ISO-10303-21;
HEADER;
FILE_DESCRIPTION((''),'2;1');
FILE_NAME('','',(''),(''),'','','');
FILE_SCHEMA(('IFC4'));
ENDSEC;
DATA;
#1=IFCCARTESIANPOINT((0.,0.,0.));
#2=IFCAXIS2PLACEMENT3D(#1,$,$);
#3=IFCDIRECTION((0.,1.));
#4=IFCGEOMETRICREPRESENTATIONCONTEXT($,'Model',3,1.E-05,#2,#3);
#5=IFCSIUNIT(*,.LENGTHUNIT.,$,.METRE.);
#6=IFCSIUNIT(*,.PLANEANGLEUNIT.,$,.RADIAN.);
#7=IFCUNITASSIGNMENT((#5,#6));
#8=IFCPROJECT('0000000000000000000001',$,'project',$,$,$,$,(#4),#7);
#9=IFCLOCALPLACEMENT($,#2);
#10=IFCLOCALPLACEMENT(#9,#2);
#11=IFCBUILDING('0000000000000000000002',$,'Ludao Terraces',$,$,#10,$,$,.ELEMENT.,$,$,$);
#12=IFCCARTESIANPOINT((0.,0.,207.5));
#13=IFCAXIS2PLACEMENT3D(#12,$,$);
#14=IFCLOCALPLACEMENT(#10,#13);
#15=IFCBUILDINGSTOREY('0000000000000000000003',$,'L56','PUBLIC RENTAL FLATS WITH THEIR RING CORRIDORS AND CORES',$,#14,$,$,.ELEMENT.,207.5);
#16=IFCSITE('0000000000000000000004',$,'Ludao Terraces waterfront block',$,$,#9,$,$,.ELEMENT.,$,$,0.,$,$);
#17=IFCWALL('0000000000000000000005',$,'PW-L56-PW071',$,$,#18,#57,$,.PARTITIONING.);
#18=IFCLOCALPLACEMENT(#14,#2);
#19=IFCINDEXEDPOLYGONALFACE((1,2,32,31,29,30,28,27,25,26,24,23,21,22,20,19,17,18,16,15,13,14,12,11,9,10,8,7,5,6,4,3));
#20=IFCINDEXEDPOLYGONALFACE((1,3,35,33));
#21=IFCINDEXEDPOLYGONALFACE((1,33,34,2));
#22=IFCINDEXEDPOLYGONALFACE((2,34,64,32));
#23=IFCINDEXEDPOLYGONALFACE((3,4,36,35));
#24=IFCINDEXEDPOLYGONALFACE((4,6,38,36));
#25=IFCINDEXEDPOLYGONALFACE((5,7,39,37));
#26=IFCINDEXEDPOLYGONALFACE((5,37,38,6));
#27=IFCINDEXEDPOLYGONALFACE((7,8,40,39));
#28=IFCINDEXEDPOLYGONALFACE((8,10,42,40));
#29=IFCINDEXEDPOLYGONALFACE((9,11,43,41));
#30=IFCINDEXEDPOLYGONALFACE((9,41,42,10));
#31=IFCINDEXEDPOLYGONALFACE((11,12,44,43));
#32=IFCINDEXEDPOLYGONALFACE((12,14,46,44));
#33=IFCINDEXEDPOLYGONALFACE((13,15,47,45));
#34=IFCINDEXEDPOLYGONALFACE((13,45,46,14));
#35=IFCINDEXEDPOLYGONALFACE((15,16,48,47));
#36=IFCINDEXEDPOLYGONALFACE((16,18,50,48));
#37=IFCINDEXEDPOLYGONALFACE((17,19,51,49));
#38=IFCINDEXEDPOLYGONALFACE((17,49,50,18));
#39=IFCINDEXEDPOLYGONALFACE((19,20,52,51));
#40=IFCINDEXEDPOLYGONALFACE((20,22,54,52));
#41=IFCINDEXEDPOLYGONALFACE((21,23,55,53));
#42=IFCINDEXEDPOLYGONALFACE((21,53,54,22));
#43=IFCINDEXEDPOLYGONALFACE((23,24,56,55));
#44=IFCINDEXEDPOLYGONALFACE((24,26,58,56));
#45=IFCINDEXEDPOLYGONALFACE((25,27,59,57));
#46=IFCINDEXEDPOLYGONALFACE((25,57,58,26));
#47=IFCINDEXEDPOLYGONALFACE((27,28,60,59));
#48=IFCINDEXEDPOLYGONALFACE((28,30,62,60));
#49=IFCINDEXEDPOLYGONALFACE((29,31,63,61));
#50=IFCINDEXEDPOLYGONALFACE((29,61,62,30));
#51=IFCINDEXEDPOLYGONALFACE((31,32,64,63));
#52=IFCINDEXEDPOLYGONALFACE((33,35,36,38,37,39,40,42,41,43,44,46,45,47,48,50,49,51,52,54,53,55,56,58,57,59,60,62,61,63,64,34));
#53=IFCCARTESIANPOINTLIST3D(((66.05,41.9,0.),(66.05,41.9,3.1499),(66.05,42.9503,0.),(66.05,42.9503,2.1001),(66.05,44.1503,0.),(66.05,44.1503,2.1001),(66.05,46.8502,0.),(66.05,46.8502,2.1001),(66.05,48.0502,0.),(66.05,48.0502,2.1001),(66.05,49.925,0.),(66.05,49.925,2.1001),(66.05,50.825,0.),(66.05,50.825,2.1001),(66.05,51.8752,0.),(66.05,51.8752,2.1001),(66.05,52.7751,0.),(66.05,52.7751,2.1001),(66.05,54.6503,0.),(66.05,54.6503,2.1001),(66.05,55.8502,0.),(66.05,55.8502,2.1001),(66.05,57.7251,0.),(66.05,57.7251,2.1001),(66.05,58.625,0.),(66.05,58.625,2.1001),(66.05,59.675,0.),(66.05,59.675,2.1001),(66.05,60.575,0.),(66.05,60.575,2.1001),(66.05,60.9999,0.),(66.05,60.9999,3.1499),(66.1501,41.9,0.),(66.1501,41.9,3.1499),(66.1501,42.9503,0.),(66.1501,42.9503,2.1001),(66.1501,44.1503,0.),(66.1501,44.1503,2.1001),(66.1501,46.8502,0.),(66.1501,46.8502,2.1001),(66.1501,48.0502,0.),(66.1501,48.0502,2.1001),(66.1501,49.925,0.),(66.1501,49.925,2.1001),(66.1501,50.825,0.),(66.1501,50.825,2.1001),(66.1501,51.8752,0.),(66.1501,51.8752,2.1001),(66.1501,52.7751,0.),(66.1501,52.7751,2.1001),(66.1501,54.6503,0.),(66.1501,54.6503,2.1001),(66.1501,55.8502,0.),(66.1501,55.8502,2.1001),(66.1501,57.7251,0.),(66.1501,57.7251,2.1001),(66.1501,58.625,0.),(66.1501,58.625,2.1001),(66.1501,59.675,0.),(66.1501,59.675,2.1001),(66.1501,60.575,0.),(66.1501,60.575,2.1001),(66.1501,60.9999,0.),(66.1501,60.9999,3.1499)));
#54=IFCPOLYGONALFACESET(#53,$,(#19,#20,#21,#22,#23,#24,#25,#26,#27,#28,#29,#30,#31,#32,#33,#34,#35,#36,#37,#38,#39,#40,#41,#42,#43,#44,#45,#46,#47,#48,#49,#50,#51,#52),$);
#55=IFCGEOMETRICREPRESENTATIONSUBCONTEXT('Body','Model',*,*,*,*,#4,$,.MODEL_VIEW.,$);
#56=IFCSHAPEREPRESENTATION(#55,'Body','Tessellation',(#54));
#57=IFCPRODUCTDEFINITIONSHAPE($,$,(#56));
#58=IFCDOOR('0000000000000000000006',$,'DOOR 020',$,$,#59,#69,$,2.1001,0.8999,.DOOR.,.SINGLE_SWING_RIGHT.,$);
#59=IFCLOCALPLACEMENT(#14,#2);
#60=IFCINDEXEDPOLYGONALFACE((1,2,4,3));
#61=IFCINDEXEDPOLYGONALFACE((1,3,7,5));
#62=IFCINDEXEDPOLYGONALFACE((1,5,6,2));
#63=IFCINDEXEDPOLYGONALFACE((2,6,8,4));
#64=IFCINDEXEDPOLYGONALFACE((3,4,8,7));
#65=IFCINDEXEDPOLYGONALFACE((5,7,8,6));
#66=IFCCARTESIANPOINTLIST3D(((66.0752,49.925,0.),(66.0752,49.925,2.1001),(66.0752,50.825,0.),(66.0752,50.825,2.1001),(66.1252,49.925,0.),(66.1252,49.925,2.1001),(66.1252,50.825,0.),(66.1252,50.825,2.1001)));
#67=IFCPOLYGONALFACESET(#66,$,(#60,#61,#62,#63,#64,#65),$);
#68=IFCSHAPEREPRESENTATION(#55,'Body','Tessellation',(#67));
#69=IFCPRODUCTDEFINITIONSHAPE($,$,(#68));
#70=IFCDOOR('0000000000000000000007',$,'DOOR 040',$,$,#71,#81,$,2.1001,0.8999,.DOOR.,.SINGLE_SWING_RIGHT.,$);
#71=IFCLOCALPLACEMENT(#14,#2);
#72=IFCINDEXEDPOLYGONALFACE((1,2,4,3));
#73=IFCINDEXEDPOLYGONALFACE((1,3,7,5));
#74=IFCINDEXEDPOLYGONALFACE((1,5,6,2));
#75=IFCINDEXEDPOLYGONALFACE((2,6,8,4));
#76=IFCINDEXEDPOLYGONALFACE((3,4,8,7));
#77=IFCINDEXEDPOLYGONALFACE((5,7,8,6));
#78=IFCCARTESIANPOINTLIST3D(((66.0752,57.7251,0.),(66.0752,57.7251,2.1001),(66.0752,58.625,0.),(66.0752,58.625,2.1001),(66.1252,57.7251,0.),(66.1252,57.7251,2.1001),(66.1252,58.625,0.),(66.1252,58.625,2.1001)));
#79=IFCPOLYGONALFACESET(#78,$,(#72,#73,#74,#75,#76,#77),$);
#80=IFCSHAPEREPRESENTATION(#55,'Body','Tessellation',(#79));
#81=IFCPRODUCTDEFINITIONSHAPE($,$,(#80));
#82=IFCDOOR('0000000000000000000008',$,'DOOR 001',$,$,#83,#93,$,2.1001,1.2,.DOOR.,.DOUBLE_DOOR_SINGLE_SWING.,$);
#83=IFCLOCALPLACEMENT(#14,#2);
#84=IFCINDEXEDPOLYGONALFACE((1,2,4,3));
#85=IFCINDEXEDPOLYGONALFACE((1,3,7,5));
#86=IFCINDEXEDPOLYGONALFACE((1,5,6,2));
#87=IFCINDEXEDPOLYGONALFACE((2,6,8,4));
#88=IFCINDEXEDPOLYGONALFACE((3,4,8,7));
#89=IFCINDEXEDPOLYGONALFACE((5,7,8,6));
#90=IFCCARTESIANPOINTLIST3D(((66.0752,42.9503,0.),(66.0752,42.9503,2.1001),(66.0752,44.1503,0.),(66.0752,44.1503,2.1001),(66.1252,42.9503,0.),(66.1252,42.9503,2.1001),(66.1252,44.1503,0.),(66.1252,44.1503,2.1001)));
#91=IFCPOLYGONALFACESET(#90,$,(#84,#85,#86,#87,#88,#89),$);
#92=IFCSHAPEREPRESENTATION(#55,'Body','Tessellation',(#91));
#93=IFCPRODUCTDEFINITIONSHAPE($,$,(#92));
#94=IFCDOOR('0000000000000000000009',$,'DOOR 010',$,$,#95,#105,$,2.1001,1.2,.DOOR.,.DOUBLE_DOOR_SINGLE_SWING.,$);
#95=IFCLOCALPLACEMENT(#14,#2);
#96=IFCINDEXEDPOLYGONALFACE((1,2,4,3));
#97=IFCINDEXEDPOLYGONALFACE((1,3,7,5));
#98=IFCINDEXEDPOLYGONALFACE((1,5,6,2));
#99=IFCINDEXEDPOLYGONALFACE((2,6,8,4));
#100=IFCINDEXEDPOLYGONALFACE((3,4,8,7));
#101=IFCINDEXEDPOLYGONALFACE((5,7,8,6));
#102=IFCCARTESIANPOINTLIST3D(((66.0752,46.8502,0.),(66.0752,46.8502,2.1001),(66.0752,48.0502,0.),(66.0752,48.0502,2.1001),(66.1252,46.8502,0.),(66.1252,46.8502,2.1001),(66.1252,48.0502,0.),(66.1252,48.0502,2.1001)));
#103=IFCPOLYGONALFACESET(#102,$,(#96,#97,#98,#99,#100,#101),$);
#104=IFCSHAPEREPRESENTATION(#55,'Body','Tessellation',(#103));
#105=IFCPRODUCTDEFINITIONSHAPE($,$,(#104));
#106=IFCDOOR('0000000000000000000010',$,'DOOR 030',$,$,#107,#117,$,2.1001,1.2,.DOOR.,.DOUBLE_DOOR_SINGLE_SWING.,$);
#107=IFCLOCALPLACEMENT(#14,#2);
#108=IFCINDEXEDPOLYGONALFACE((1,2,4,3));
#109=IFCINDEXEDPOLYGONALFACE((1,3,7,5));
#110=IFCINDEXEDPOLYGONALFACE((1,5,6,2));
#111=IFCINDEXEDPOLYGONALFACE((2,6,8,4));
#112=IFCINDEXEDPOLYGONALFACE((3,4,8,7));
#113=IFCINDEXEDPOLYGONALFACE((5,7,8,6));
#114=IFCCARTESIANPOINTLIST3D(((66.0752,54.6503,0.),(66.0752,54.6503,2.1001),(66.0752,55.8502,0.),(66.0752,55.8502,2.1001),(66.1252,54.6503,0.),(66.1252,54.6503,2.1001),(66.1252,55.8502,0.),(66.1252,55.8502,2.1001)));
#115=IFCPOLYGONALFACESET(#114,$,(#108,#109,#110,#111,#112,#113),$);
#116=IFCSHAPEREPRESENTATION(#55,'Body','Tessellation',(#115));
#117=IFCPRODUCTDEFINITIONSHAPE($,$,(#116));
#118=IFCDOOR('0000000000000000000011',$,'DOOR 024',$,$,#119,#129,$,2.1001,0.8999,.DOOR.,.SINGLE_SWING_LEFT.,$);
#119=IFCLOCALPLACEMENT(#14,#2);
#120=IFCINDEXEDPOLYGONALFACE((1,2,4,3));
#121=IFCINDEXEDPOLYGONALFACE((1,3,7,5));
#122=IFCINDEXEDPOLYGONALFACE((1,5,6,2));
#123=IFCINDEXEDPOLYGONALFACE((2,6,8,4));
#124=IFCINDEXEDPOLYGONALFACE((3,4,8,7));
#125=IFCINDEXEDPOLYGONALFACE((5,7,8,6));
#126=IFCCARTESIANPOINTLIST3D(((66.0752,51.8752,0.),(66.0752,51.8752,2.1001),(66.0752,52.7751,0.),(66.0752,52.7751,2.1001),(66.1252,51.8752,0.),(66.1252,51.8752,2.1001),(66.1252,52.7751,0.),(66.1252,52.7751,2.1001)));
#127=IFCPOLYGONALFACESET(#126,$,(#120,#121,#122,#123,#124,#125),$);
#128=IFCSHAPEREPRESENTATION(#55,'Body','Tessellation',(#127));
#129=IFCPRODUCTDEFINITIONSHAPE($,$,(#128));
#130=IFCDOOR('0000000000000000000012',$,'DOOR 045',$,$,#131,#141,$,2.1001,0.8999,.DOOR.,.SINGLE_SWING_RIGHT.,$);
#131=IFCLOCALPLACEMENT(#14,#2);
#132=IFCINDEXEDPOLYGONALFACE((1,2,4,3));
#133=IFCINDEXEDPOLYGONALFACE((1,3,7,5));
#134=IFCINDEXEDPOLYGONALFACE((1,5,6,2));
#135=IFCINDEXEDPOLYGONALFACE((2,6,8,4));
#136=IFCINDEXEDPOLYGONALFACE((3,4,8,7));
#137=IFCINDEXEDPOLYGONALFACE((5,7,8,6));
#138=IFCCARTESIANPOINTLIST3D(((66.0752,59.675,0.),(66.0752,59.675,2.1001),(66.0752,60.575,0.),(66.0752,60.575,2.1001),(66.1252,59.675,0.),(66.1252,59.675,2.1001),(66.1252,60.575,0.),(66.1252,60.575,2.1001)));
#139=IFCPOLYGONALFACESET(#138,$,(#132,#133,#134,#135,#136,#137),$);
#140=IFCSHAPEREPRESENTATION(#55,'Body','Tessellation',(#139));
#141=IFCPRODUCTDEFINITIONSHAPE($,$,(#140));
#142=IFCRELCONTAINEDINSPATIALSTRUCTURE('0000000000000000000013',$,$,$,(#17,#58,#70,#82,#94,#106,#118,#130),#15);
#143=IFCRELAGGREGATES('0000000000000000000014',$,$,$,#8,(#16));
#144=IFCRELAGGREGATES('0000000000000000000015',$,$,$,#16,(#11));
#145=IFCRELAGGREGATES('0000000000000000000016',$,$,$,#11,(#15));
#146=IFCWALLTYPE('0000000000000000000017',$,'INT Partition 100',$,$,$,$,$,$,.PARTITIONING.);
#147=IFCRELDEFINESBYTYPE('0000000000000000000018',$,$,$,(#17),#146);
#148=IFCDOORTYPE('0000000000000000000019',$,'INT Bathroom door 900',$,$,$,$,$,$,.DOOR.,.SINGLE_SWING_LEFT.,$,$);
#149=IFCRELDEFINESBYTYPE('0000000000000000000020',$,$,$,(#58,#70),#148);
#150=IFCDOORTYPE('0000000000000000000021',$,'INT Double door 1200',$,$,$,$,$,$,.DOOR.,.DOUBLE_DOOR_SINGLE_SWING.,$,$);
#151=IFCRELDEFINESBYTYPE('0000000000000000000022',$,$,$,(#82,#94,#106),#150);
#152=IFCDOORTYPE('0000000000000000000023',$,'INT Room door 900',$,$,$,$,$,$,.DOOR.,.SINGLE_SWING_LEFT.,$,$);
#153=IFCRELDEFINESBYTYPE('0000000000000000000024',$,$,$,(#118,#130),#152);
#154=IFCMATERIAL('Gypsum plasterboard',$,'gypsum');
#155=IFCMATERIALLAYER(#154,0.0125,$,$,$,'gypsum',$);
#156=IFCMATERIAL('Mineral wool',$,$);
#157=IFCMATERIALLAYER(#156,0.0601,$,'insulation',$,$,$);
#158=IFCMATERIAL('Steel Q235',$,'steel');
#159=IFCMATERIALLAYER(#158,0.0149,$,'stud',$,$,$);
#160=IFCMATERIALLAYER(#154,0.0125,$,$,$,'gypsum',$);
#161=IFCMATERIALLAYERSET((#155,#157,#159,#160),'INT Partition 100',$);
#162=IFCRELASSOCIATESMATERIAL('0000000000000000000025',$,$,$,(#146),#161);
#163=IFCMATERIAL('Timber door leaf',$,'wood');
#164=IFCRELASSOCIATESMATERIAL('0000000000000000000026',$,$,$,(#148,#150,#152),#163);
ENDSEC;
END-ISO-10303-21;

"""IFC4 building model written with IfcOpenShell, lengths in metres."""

from ifc_helpers import new_model, si_unit, direction, frame, frame_2d, origin, place, context, subcontext, project, spatial, rectangle, extrude, material, layer, layer_set, type_object, element, fill, save


model = new_model("IFC4")

# Units and contexts
model_context = context("Model", 3, precision=1e-05, world=origin(), true_north=direction((0.0, 1.0)))
body_context = subcontext(model_context, "Body", "Model", "MODEL_VIEW")
ifc_project = project(units=[si_unit("LENGTHUNIT", "METRE"), si_unit("PLANEANGLEUNIT", "RADIAN")], contexts=[model_context])

# Site, building, storey
site_placement = place(None, origin())
site = spatial("IfcSite", under=ifc_project, at=site_placement, Name="Ludao Terraces waterfront block", CompositionType="ELEMENT", RefElevation=0.0)
building_placement = place(site_placement, origin())
building = spatial("IfcBuilding", under=site, at=building_placement, Name="Ludao Terraces", CompositionType="ELEMENT")
storey_placement = place(building_placement, frame((0.0, 0.0, 207.5)))
storey = spatial("IfcBuildingStorey", under=building, at=storey_placement, Name="L56", Description="PUBLIC RENTAL FLATS WITH THEIR RING CORRIDORS AND CORES", CompositionType="ELEMENT", Elevation=207.5)

# Shared definitions
ifc_material_1 = material(Name="Mineral wool")

# Wall, openings, doors
ifc_material_2 = material(Name="Gypsum plasterboard", Category="gypsum")
ifc_layer_1 = layer(ifc_material_2, 0.0125, Category="gypsum")
ifc_layer_2 = layer(ifc_material_1, 0.0601, Name="insulation")
ifc_material_3 = material(Name="Steel Q235", Category="steel")
ifc_layer_3 = layer(ifc_material_3, 0.0149, Name="stud")
ifc_layer_4 = layer(ifc_material_2, 0.0125, Category="gypsum")
ifc_layer_set_1 = layer_set([ifc_layer_1, ifc_layer_2, ifc_layer_3, ifc_layer_4], Name="INT Partition 100")
wall_type_1 = type_object("IfcWallType", Name="INT Partition 100", PredefinedType="PARTITIONING", material=ifc_layer_set_1)
wall_1_placement = place(storey_placement, frame((66.1001, 41.9001, 0.0), z_axis=(0.0, 0.0, 1.0), x_axis=(0.0, 1.0, 0.0)))
wall_1 = element("IfcWall", 1, at=wall_1_placement, inside=storey, type_object=wall_type_1, Name="PW-L56-PW071", PredefinedType="PARTITIONING", context=body_context, shape_type="SweptSolid", body=[
    extrude(rectangle(XDim=19.0999, YDim=0.1001, at=frame_2d((9.5498, 0.0))), origin(), (0.0, 0.0, 1.0), 3.1499),
])
opening_1_placement = place(wall_1_placement, frame((1.05, 0.0, 0.0)))
opening_1 = element("IfcOpeningElement", 2, at=opening_1_placement, cuts=wall_1, PredefinedType="OPENING", context=body_context, shape_type="SweptSolid", body=[
    extrude(rectangle(XDim=1.2, YDim=2.1001, at=frame_2d((0.6001, 1.05))), frame((0.0, 0.0601, 0.0), z_axis=(0.0, -1.0, 0.0), x_axis=(1.0, 0.0, 0.0)), (0.0, 0.0, 1.0), 0.1201),
])
opening_2_placement = place(wall_1_placement, frame((4.95, 0.0, 0.0)))
opening_2 = element("IfcOpeningElement", 3, at=opening_2_placement, cuts=wall_1, PredefinedType="OPENING", context=body_context, shape_type="SweptSolid", body=[
    extrude(rectangle(XDim=1.2, YDim=2.1001, at=frame_2d((0.6001, 1.05))), frame((0.0, 0.0601, 0.0), z_axis=(0.0, -1.0, 0.0), x_axis=(1.0, 0.0, 0.0)), (0.0, 0.0, 1.0), 0.1201),
])
opening_3_placement = place(wall_1_placement, frame((8.0249, 0.0, 0.0)))
opening_3 = element("IfcOpeningElement", 4, at=opening_3_placement, cuts=wall_1, PredefinedType="OPENING", context=body_context, shape_type="SweptSolid", body=[
    extrude(rectangle(XDim=0.8999, YDim=2.1001, at=frame_2d((0.45, 1.05))), frame((0.0, 0.0601, 0.0), z_axis=(0.0, -1.0, 0.0), x_axis=(1.0, 0.0, 0.0)), (0.0, 0.0, 1.0), 0.1201),
])
opening_4_placement = place(wall_1_placement, frame((9.9751, 0.0, 0.0)))
opening_4 = element("IfcOpeningElement", 5, at=opening_4_placement, cuts=wall_1, PredefinedType="OPENING", context=body_context, shape_type="SweptSolid", body=[
    extrude(rectangle(XDim=0.8999, YDim=2.1001, at=frame_2d((0.45, 1.05))), frame((0.0, 0.0601, 0.0), z_axis=(0.0, -1.0, 0.0), x_axis=(1.0, 0.0, 0.0)), (0.0, 0.0, 1.0), 0.1201),
])
opening_5_placement = place(wall_1_placement, frame((12.75, 0.0, 0.0)))
opening_5 = element("IfcOpeningElement", 6, at=opening_5_placement, cuts=wall_1, PredefinedType="OPENING", context=body_context, shape_type="SweptSolid", body=[
    extrude(rectangle(XDim=1.2, YDim=2.1001, at=frame_2d((0.6001, 1.05))), frame((0.0, 0.0601, 0.0), z_axis=(0.0, -1.0, 0.0), x_axis=(1.0, 0.0, 0.0)), (0.0, 0.0, 1.0), 0.1201),
])
opening_6_placement = place(wall_1_placement, frame((15.825, 0.0, 0.0)))
opening_6 = element("IfcOpeningElement", 7, at=opening_6_placement, cuts=wall_1, PredefinedType="OPENING", context=body_context, shape_type="SweptSolid", body=[
    extrude(rectangle(XDim=0.8999, YDim=2.1001, at=frame_2d((0.45, 1.05))), frame((0.0, 0.0601, 0.0), z_axis=(0.0, -1.0, 0.0), x_axis=(1.0, 0.0, 0.0)), (0.0, 0.0, 1.0), 0.1201),
])
opening_7_placement = place(wall_1_placement, frame((17.7749, 0.0, 0.0)))
opening_7 = element("IfcOpeningElement", 8, at=opening_7_placement, cuts=wall_1, PredefinedType="OPENING", context=body_context, shape_type="SweptSolid", body=[
    extrude(rectangle(XDim=0.8999, YDim=2.1001, at=frame_2d((0.45, 1.05))), frame((0.0, 0.0601, 0.0), z_axis=(0.0, -1.0, 0.0), x_axis=(1.0, 0.0, 0.0)), (0.0, 0.0, 1.0), 0.1201),
])
ifc_material_4 = material(Name="Timber door leaf", Category="wood")
door_type_1 = type_object("IfcDoorType", Name="INT Bathroom door 900", OperationType="SINGLE_SWING_LEFT", PredefinedType="DOOR", material=ifc_material_4)
door_1_placement = place(opening_3_placement, origin())
door_1 = element("IfcDoor", 9, at=door_1_placement, inside=storey, type_object=door_type_1, Name="DOOR 020", OperationType="SINGLE_SWING_RIGHT", OverallHeight=2.1001, OverallWidth=0.8999, PredefinedType="DOOR", context=body_context, shape_type="SweptSolid", body=[
    extrude(rectangle(XDim=0.8999, YDim=2.1001, at=frame_2d((0.45, 1.05))), frame((0.0, 0.0249, 0.0), z_axis=(0.0, -1.0, 0.0), x_axis=(1.0, 0.0, 0.0)), (0.0, 0.0, 1.0), 0.05),
])
fill(opening_3, door_1)
door_2_placement = place(opening_6_placement, origin())
door_2 = element("IfcDoor", 10, at=door_2_placement, inside=storey, type_object=door_type_1, Name="DOOR 040", OperationType="SINGLE_SWING_RIGHT", OverallHeight=2.1001, OverallWidth=0.8999, PredefinedType="DOOR", context=body_context, shape_type="SweptSolid", body=[
    extrude(rectangle(XDim=0.8999, YDim=2.1001, at=frame_2d((0.45, 1.05))), frame((0.0, 0.0249, 0.0), z_axis=(0.0, -1.0, 0.0), x_axis=(1.0, 0.0, 0.0)), (0.0, 0.0, 1.0), 0.05),
])
fill(opening_6, door_2)
door_type_2 = type_object("IfcDoorType", Name="INT Double door 1200", OperationType="DOUBLE_DOOR_SINGLE_SWING", PredefinedType="DOOR", material=ifc_material_4)
door_3_placement = place(opening_1_placement, origin())
door_3 = element("IfcDoor", 11, at=door_3_placement, inside=storey, type_object=door_type_2, Name="DOOR 001", OperationType="DOUBLE_DOOR_SINGLE_SWING", OverallHeight=2.1001, OverallWidth=1.2, PredefinedType="DOOR", context=body_context, shape_type="SweptSolid", body=[
    extrude(rectangle(XDim=1.2, YDim=2.1001, at=frame_2d((0.6001, 1.05))), frame((0.0, 0.0249, 0.0), z_axis=(0.0, -1.0, 0.0), x_axis=(1.0, 0.0, 0.0)), (0.0, 0.0, 1.0), 0.05),
])
fill(opening_1, door_3)
door_4_placement = place(opening_2_placement, origin())
door_4 = element("IfcDoor", 12, at=door_4_placement, inside=storey, type_object=door_type_2, Name="DOOR 010", OperationType="DOUBLE_DOOR_SINGLE_SWING", OverallHeight=2.1001, OverallWidth=1.2, PredefinedType="DOOR", context=body_context, shape_type="SweptSolid", body=[
    extrude(rectangle(XDim=1.2, YDim=2.1001, at=frame_2d((0.6001, 1.05))), frame((0.0, 0.0249, 0.0), z_axis=(0.0, -1.0, 0.0), x_axis=(1.0, 0.0, 0.0)), (0.0, 0.0, 1.0), 0.05),
])
fill(opening_2, door_4)
door_5_placement = place(opening_5_placement, origin())
door_5 = element("IfcDoor", 13, at=door_5_placement, inside=storey, type_object=door_type_2, Name="DOOR 030", OperationType="DOUBLE_DOOR_SINGLE_SWING", OverallHeight=2.1001, OverallWidth=1.2, PredefinedType="DOOR", context=body_context, shape_type="SweptSolid", body=[
    extrude(rectangle(XDim=1.2, YDim=2.1001, at=frame_2d((0.6001, 1.05))), frame((0.0, 0.0249, 0.0), z_axis=(0.0, -1.0, 0.0), x_axis=(1.0, 0.0, 0.0)), (0.0, 0.0, 1.0), 0.05),
])
fill(opening_5, door_5)
door_type_3 = type_object("IfcDoorType", Name="INT Room door 900", OperationType="SINGLE_SWING_LEFT", PredefinedType="DOOR", material=ifc_material_4)
door_6_placement = place(opening_4_placement, origin())
door_6 = element("IfcDoor", 14, at=door_6_placement, inside=storey, type_object=door_type_3, Name="DOOR 024", OperationType="SINGLE_SWING_LEFT", OverallHeight=2.1001, OverallWidth=0.8999, PredefinedType="DOOR", context=body_context, shape_type="SweptSolid", body=[
    extrude(rectangle(XDim=0.8999, YDim=2.1001, at=frame_2d((0.45, 1.05))), frame((0.0, 0.0249, 0.0), z_axis=(0.0, -1.0, 0.0), x_axis=(1.0, 0.0, 0.0)), (0.0, 0.0, 1.0), 0.05),
])
fill(opening_4, door_6)
door_7_placement = place(opening_7_placement, origin())
door_7 = element("IfcDoor", 15, at=door_7_placement, inside=storey, type_object=door_type_3, Name="DOOR 045", OperationType="SINGLE_SWING_RIGHT", OverallHeight=2.1001, OverallWidth=0.8999, PredefinedType="DOOR", context=body_context, shape_type="SweptSolid", body=[
    extrude(rectangle(XDim=0.8999, YDim=2.1001, at=frame_2d((0.45, 1.05))), frame((0.0, 0.0249, 0.0), z_axis=(0.0, -1.0, 0.0), x_axis=(1.0, 0.0, 0.0)), (0.0, 0.0, 1.0), 0.05),
])
fill(opening_7, door_7)

save(model, "model.ifc")
